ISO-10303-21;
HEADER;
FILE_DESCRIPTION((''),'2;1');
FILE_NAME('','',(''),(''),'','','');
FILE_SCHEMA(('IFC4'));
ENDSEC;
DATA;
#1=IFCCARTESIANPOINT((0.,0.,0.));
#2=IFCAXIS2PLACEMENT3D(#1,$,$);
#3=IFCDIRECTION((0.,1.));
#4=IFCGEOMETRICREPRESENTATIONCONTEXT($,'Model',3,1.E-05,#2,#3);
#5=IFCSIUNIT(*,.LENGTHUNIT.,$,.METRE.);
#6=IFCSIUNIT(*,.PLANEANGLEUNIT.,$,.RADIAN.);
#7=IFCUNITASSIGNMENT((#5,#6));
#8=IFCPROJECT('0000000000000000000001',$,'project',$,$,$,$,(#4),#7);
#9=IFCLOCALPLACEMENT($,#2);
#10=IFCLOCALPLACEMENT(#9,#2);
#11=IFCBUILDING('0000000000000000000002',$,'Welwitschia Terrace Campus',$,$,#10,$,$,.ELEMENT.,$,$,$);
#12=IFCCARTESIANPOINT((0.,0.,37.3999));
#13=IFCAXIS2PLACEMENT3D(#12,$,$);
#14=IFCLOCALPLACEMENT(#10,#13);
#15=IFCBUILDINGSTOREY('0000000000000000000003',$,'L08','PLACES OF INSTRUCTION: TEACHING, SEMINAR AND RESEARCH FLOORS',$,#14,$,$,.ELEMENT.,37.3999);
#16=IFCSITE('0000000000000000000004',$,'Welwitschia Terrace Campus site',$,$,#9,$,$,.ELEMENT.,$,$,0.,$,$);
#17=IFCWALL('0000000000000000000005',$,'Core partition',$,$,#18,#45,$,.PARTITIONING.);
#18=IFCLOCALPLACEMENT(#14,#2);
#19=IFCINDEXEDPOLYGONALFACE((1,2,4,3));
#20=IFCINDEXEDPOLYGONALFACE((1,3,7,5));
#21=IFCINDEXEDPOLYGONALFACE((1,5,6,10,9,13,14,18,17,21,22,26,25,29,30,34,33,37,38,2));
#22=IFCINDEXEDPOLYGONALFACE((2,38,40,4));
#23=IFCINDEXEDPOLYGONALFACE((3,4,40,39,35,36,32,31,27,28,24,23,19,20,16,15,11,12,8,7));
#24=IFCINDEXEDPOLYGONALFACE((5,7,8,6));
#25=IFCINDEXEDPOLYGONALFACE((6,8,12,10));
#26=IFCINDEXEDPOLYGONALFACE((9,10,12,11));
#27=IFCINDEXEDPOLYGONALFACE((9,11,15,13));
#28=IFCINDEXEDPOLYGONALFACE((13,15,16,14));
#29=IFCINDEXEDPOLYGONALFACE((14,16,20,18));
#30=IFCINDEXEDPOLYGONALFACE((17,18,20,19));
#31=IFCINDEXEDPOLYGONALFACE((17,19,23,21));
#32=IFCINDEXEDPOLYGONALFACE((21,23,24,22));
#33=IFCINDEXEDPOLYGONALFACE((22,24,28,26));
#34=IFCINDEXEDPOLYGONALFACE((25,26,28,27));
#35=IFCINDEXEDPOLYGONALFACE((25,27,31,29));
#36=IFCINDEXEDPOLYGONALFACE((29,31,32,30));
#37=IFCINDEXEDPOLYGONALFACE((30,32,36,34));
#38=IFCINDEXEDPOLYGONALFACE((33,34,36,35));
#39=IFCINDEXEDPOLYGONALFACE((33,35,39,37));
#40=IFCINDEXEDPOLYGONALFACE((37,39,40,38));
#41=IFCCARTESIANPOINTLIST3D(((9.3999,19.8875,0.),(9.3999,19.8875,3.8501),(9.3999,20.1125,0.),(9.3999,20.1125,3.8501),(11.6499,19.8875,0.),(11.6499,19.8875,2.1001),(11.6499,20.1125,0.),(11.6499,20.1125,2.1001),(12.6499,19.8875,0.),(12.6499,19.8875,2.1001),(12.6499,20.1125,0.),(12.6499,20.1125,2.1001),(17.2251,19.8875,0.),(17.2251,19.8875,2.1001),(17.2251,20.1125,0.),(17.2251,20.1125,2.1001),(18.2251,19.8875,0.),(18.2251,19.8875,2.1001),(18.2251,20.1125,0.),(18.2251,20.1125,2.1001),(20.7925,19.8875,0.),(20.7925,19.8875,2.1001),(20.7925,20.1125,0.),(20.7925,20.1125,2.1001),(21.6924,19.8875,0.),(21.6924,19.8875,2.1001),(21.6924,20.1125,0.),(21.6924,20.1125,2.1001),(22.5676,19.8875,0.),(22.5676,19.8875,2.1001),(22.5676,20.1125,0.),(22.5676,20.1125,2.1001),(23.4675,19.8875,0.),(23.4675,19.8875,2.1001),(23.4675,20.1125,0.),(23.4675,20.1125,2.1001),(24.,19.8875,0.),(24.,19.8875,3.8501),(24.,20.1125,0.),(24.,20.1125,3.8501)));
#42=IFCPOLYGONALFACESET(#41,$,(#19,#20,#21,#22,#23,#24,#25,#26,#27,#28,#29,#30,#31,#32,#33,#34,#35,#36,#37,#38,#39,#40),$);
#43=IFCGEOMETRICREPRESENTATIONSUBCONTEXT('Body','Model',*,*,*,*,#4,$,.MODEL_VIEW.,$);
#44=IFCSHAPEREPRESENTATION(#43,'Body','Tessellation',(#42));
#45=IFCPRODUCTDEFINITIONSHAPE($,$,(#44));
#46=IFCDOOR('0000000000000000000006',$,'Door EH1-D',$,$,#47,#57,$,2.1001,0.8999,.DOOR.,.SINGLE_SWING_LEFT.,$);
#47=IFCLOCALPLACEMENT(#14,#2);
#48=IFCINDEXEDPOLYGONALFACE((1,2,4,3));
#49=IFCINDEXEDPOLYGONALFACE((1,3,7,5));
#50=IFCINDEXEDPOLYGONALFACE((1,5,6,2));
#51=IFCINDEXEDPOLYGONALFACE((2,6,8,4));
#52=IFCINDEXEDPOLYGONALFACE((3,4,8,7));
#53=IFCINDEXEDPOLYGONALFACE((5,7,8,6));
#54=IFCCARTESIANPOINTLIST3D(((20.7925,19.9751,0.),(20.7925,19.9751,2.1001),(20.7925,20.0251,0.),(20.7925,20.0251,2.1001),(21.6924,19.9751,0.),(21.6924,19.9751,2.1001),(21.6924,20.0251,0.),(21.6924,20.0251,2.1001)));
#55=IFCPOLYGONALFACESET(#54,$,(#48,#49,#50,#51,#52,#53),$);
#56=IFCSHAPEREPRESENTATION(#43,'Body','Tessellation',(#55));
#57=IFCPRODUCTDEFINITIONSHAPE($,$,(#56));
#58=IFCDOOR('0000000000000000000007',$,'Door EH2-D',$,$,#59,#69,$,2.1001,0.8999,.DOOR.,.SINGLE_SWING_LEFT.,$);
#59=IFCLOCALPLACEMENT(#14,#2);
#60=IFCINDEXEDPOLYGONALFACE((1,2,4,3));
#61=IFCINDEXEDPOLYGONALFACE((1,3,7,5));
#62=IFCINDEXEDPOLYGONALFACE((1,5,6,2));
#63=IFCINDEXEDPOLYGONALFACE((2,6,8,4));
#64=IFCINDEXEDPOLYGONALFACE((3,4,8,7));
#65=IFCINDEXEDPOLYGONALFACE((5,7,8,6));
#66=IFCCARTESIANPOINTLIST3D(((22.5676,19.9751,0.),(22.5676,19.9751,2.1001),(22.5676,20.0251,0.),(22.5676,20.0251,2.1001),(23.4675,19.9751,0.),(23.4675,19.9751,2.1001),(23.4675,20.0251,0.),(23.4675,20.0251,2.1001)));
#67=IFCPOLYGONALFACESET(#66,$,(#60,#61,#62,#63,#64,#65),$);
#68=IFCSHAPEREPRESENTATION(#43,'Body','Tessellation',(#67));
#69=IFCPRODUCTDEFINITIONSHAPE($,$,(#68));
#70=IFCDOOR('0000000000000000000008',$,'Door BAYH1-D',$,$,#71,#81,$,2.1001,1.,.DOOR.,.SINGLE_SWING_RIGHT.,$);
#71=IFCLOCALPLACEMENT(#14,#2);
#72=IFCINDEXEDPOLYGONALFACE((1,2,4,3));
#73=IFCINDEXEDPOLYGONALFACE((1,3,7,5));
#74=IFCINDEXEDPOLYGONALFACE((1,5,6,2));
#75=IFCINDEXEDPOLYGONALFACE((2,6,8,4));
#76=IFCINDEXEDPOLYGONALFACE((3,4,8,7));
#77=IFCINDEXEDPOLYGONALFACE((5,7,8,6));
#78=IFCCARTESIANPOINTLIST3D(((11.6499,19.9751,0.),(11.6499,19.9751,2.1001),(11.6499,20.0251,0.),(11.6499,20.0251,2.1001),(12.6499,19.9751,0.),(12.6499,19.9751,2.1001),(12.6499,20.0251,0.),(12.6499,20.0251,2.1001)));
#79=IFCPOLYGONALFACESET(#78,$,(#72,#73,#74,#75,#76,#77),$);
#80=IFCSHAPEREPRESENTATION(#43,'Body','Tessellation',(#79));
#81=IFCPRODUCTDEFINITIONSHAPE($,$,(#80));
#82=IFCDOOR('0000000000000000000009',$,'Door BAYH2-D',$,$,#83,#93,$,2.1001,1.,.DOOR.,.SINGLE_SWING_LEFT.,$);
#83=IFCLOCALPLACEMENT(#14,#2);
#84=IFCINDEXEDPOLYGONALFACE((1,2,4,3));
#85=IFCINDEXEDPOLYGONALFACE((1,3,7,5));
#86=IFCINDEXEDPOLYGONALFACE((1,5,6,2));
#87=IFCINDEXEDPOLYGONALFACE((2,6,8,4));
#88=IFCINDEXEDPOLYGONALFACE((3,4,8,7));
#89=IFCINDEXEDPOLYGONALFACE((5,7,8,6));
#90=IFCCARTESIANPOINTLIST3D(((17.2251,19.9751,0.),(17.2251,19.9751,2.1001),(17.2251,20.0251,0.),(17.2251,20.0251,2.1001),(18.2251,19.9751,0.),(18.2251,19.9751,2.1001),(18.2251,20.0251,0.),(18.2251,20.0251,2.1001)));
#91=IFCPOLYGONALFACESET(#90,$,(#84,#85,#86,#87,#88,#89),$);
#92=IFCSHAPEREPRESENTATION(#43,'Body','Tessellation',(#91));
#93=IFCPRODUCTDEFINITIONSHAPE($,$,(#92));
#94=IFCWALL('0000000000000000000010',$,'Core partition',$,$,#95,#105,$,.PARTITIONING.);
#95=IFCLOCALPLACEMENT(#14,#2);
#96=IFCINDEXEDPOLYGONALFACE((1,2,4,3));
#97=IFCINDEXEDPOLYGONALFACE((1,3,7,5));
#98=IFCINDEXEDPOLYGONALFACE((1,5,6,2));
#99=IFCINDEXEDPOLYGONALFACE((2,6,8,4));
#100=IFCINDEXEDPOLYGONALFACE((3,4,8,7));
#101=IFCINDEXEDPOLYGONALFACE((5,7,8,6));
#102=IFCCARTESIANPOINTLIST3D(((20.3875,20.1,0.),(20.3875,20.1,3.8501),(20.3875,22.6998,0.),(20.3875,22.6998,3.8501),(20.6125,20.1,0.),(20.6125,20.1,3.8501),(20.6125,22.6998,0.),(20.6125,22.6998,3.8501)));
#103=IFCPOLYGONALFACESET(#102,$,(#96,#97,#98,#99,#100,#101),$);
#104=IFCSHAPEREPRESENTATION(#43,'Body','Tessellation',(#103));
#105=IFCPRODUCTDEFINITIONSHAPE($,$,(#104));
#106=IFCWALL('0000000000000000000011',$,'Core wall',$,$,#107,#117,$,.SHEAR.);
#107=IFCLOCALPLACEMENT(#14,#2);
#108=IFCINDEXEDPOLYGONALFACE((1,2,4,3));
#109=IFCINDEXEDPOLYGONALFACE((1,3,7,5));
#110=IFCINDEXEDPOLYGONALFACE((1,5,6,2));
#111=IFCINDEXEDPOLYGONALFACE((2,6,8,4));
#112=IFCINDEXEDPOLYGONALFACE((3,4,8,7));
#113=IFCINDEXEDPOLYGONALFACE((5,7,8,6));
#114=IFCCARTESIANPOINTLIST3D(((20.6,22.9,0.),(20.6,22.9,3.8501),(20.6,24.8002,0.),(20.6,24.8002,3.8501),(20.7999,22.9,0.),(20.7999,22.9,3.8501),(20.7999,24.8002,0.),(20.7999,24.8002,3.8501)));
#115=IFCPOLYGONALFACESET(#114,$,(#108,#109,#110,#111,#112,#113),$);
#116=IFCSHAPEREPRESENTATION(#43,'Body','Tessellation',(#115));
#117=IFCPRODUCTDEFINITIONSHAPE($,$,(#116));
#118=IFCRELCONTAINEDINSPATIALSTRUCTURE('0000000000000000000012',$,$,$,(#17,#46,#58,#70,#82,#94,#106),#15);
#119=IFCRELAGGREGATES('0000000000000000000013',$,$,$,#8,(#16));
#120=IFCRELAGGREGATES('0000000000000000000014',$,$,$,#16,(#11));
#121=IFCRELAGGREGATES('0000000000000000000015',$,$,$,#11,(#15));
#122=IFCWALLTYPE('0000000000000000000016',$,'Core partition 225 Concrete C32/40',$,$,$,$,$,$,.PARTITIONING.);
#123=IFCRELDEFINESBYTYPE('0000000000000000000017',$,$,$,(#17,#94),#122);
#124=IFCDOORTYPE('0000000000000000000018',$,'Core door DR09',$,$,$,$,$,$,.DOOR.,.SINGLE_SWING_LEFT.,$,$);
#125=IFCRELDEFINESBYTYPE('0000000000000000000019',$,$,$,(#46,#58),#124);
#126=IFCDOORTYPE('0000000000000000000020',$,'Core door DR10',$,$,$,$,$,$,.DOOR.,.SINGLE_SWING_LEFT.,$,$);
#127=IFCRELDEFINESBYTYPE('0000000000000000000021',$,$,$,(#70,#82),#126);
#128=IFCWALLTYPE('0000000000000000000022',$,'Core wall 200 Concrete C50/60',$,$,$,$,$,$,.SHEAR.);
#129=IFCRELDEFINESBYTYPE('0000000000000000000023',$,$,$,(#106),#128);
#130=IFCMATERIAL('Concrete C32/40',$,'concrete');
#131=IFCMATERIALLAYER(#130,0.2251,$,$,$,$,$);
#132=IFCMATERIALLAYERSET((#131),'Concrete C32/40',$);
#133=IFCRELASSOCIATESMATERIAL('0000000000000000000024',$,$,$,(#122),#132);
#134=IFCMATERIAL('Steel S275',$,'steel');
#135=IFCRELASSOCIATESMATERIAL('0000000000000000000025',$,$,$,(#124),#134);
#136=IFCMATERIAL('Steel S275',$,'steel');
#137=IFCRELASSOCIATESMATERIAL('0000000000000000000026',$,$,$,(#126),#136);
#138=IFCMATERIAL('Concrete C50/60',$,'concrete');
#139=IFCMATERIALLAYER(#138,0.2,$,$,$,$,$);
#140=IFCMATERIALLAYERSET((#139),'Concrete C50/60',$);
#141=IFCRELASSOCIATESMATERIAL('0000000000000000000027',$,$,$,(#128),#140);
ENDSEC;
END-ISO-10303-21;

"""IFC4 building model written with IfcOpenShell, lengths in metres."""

from ifc_helpers import new_model, si_unit, direction, frame, frame_2d, origin, place, context, subcontext, project, spatial, rectangle, extrude, material, layer, layer_set, type_object, element, fill, save


model = new_model("IFC4")

# Units and contexts
model_context = context("Model", 3, precision=1e-05, world=origin(), true_north=direction((0.0, 1.0)))
body_context = subcontext(model_context, "Body", "Model", "MODEL_VIEW")
ifc_project = project(units=[si_unit("LENGTHUNIT", "METRE"), si_unit("PLANEANGLEUNIT", "RADIAN")], contexts=[model_context])

# Site, building, storey
site_placement = place(None, origin())
site = spatial("IfcSite", under=ifc_project, at=site_placement, Name="Welwitschia Terrace Campus site", CompositionType="ELEMENT", RefElevation=0.0)
building_placement = place(site_placement, origin())
building = spatial("IfcBuilding", under=site, at=building_placement, Name="Welwitschia Terrace Campus", CompositionType="ELEMENT")
storey_placement = place(building_placement, frame((0.0, 0.0, 37.3999)))
storey = spatial("IfcBuildingStorey", under=building, at=storey_placement, Name="L08", Description="PLACES OF INSTRUCTION: TEACHING, SEMINAR AND RESEARCH FLOORS", CompositionType="ELEMENT", Elevation=37.3999)

# Wall, openings, doors
ifc_material_1 = material(Name="Concrete C32/40", Category="concrete")
ifc_layer_1 = layer(ifc_material_1, 0.2251)
ifc_layer_set_1 = layer_set([ifc_layer_1], Name="Concrete C32/40")
wall_type_1 = type_object("IfcWallType", Name="Core partition 225 Concrete C32/40", PredefinedType="PARTITIONING", material=ifc_layer_set_1)
wall_1_placement = place(storey_placement, frame((24.0, 20.0, 0.0), z_axis=(0.0, 0.0, 1.0), x_axis=(-1.0, 0.0, 0.0)))
wall_1 = element("IfcWall", 1, at=wall_1_placement, inside=storey, type_object=wall_type_1, Name="Core partition", PredefinedType="PARTITIONING", context=body_context, shape_type="SweptSolid", body=[
    extrude(rectangle(XDim=14.6001, YDim=0.2251, at=frame_2d((7.3, 0.0))), origin(), (0.0, 0.0, 1.0), 3.8501),
])
opening_1_placement = place(wall_1_placement, frame((11.3501, 0.0, 0.0)))
opening_1 = element("IfcOpeningElement", 2, at=opening_1_placement, cuts=wall_1, PredefinedType="OPENING", context=body_context, shape_type="SweptSolid", body=[
    extrude(rectangle(XDim=1.0, YDim=2.1001, at=frame_2d((0.5, 1.05))), frame((0.0, 0.1226, 0.0), z_axis=(0.0, -1.0, 0.0), x_axis=(1.0, 0.0, 0.0)), (0.0, 0.0, 1.0), 0.2451),
])
opening_2_placement = place(wall_1_placement, frame((5.7749, 0.0, 0.0)))
opening_2 = element("IfcOpeningElement", 3, at=opening_2_placement, cuts=wall_1, PredefinedType="OPENING", context=body_context, shape_type="SweptSolid", body=[
    extrude(rectangle(XDim=1.0, YDim=2.1001, at=frame_2d((0.5, 1.05))), frame((0.0, 0.1226, 0.0), z_axis=(0.0, -1.0, 0.0), x_axis=(1.0, 0.0, 0.0)), (0.0, 0.0, 1.0), 0.2451),
])
opening_3_placement = place(wall_1_placement, frame((2.3076, 0.0, 0.0)))
opening_3 = element("IfcOpeningElement", 4, at=opening_3_placement, cuts=wall_1, PredefinedType="OPENING", context=body_context, shape_type="SweptSolid", body=[
    extrude(rectangle(XDim=0.8999, YDim=2.1001, at=frame_2d((0.45, 1.05))), frame((0.0, 0.1226, 0.0), z_axis=(0.0, -1.0, 0.0), x_axis=(1.0, 0.0, 0.0)), (0.0, 0.0, 1.0), 0.2451),
])
opening_4_placement = place(wall_1_placement, frame((0.5325, 0.0, 0.0)))
opening_4 = element("IfcOpeningElement", 5, at=opening_4_placement, cuts=wall_1, PredefinedType="OPENING", context=body_context, shape_type="SweptSolid", body=[
    extrude(rectangle(XDim=0.8999, YDim=2.1001, at=frame_2d((0.45, 1.05))), frame((0.0, 0.1226, 0.0), z_axis=(0.0, -1.0, 0.0), x_axis=(1.0, 0.0, 0.0)), (0.0, 0.0, 1.0), 0.2451),
])
ifc_material_2 = material(Name="Steel S275", Category="steel")
door_type_1 = type_object("IfcDoorType", Name="Core door DR09", OperationType="SINGLE_SWING_LEFT", PredefinedType="DOOR", material=ifc_material_2)
door_1_placement = place(opening_3_placement, origin())
door_1 = element("IfcDoor", 6, at=door_1_placement, inside=storey, type_object=door_type_1, Name="Door EH1-D", OperationType="SINGLE_SWING_LEFT", OverallHeight=2.1001, OverallWidth=0.8999, PredefinedType="DOOR", context=body_context, shape_type="SweptSolid", body=[
    extrude(rectangle(XDim=0.8999, YDim=2.1001, at=frame_2d((0.45, 1.05))), frame((0.0, 0.0249, 0.0), z_axis=(0.0, -1.0, 0.0), x_axis=(1.0, 0.0, 0.0)), (0.0, 0.0, 1.0), 0.05),
])
fill(opening_3, door_1)
door_2_placement = place(opening_4_placement, origin())
door_2 = element("IfcDoor", 7, at=door_2_placement, inside=storey, type_object=door_type_1, Name="Door EH2-D", OperationType="SINGLE_SWING_LEFT", OverallHeight=2.1001, OverallWidth=0.8999, PredefinedType="DOOR", context=body_context, shape_type="SweptSolid", body=[
    extrude(rectangle(XDim=0.8999, YDim=2.1001, at=frame_2d((0.45, 1.05))), frame((0.0, 0.0249, 0.0), z_axis=(0.0, -1.0, 0.0), x_axis=(1.0, 0.0, 0.0)), (0.0, 0.0, 1.0), 0.05),
])
fill(opening_4, door_2)
ifc_material_3 = material(Name="Steel S275", Category="steel")
door_type_2 = type_object("IfcDoorType", Name="Core door DR10", OperationType="SINGLE_SWING_LEFT", PredefinedType="DOOR", material=ifc_material_3)
door_3_placement = place(opening_1_placement, origin())
door_3 = element("IfcDoor", 8, at=door_3_placement, inside=storey, type_object=door_type_2, Name="Door BAYH1-D", OperationType="SINGLE_SWING_RIGHT", OverallHeight=2.1001, OverallWidth=1.0, PredefinedType="DOOR", context=body_context, shape_type="SweptSolid", body=[
    extrude(rectangle(XDim=1.0, YDim=2.1001, at=frame_2d((0.5, 1.05))), frame((0.0, 0.0249, 0.0), z_axis=(0.0, -1.0, 0.0), x_axis=(1.0, 0.0, 0.0)), (0.0, 0.0, 1.0), 0.05),
])
fill(opening_1, door_3)
door_4_placement = place(opening_2_placement, origin())
door_4 = element("IfcDoor", 9, at=door_4_placement, inside=storey, type_object=door_type_2, Name="Door BAYH2-D", OperationType="SINGLE_SWING_LEFT", OverallHeight=2.1001, OverallWidth=1.0, PredefinedType="DOOR", context=body_context, shape_type="SweptSolid", body=[
    extrude(rectangle(XDim=1.0, YDim=2.1001, at=frame_2d((0.5, 1.05))), frame((0.0, 0.0249, 0.0), z_axis=(0.0, -1.0, 0.0), x_axis=(1.0, 0.0, 0.0)), (0.0, 0.0, 1.0), 0.05),
])
fill(opening_2, door_4)

# Walls
wall_2_placement = place(storey_placement, frame((20.5, 20.1001, 0.0), z_axis=(0.0, 0.0, 1.0), x_axis=(0.0, 1.0, 0.0)))
element("IfcWall", 10, at=wall_2_placement, inside=storey, type_object=wall_type_1, Name="Core partition", PredefinedType="PARTITIONING", context=body_context, shape_type="SweptSolid", body=[
    extrude(rectangle(XDim=2.5999, YDim=0.2251, at=frame_2d((1.2998, 0.0))), origin(), (0.0, 0.0, 1.0), 3.8501),
])
ifc_material_4 = material(Name="Concrete C50/60", Category="concrete")
ifc_layer_2 = layer(ifc_material_4, 0.2)
ifc_layer_set_2 = layer_set([ifc_layer_2], Name="Concrete C50/60")
wall_type_2 = type_object("IfcWallType", Name="Core wall 200 Concrete C50/60", PredefinedType="SHEAR", material=ifc_layer_set_2)
wall_3_placement = place(storey_placement, frame((20.7, 22.8999, 0.0), z_axis=(0.0, 0.0, 1.0), x_axis=(0.0, 1.0, 0.0)))
element("IfcWall", 11, at=wall_3_placement, inside=storey, type_object=wall_type_2, Name="Core wall", PredefinedType="SHEAR", context=body_context, shape_type="SweptSolid", body=[
    extrude(rectangle(XDim=1.9001, YDim=0.2, at=frame_2d((0.9502, 0.0))), origin(), (0.0, 0.0, 1.0), 3.8501),
])

save(model, "model.ifc")
